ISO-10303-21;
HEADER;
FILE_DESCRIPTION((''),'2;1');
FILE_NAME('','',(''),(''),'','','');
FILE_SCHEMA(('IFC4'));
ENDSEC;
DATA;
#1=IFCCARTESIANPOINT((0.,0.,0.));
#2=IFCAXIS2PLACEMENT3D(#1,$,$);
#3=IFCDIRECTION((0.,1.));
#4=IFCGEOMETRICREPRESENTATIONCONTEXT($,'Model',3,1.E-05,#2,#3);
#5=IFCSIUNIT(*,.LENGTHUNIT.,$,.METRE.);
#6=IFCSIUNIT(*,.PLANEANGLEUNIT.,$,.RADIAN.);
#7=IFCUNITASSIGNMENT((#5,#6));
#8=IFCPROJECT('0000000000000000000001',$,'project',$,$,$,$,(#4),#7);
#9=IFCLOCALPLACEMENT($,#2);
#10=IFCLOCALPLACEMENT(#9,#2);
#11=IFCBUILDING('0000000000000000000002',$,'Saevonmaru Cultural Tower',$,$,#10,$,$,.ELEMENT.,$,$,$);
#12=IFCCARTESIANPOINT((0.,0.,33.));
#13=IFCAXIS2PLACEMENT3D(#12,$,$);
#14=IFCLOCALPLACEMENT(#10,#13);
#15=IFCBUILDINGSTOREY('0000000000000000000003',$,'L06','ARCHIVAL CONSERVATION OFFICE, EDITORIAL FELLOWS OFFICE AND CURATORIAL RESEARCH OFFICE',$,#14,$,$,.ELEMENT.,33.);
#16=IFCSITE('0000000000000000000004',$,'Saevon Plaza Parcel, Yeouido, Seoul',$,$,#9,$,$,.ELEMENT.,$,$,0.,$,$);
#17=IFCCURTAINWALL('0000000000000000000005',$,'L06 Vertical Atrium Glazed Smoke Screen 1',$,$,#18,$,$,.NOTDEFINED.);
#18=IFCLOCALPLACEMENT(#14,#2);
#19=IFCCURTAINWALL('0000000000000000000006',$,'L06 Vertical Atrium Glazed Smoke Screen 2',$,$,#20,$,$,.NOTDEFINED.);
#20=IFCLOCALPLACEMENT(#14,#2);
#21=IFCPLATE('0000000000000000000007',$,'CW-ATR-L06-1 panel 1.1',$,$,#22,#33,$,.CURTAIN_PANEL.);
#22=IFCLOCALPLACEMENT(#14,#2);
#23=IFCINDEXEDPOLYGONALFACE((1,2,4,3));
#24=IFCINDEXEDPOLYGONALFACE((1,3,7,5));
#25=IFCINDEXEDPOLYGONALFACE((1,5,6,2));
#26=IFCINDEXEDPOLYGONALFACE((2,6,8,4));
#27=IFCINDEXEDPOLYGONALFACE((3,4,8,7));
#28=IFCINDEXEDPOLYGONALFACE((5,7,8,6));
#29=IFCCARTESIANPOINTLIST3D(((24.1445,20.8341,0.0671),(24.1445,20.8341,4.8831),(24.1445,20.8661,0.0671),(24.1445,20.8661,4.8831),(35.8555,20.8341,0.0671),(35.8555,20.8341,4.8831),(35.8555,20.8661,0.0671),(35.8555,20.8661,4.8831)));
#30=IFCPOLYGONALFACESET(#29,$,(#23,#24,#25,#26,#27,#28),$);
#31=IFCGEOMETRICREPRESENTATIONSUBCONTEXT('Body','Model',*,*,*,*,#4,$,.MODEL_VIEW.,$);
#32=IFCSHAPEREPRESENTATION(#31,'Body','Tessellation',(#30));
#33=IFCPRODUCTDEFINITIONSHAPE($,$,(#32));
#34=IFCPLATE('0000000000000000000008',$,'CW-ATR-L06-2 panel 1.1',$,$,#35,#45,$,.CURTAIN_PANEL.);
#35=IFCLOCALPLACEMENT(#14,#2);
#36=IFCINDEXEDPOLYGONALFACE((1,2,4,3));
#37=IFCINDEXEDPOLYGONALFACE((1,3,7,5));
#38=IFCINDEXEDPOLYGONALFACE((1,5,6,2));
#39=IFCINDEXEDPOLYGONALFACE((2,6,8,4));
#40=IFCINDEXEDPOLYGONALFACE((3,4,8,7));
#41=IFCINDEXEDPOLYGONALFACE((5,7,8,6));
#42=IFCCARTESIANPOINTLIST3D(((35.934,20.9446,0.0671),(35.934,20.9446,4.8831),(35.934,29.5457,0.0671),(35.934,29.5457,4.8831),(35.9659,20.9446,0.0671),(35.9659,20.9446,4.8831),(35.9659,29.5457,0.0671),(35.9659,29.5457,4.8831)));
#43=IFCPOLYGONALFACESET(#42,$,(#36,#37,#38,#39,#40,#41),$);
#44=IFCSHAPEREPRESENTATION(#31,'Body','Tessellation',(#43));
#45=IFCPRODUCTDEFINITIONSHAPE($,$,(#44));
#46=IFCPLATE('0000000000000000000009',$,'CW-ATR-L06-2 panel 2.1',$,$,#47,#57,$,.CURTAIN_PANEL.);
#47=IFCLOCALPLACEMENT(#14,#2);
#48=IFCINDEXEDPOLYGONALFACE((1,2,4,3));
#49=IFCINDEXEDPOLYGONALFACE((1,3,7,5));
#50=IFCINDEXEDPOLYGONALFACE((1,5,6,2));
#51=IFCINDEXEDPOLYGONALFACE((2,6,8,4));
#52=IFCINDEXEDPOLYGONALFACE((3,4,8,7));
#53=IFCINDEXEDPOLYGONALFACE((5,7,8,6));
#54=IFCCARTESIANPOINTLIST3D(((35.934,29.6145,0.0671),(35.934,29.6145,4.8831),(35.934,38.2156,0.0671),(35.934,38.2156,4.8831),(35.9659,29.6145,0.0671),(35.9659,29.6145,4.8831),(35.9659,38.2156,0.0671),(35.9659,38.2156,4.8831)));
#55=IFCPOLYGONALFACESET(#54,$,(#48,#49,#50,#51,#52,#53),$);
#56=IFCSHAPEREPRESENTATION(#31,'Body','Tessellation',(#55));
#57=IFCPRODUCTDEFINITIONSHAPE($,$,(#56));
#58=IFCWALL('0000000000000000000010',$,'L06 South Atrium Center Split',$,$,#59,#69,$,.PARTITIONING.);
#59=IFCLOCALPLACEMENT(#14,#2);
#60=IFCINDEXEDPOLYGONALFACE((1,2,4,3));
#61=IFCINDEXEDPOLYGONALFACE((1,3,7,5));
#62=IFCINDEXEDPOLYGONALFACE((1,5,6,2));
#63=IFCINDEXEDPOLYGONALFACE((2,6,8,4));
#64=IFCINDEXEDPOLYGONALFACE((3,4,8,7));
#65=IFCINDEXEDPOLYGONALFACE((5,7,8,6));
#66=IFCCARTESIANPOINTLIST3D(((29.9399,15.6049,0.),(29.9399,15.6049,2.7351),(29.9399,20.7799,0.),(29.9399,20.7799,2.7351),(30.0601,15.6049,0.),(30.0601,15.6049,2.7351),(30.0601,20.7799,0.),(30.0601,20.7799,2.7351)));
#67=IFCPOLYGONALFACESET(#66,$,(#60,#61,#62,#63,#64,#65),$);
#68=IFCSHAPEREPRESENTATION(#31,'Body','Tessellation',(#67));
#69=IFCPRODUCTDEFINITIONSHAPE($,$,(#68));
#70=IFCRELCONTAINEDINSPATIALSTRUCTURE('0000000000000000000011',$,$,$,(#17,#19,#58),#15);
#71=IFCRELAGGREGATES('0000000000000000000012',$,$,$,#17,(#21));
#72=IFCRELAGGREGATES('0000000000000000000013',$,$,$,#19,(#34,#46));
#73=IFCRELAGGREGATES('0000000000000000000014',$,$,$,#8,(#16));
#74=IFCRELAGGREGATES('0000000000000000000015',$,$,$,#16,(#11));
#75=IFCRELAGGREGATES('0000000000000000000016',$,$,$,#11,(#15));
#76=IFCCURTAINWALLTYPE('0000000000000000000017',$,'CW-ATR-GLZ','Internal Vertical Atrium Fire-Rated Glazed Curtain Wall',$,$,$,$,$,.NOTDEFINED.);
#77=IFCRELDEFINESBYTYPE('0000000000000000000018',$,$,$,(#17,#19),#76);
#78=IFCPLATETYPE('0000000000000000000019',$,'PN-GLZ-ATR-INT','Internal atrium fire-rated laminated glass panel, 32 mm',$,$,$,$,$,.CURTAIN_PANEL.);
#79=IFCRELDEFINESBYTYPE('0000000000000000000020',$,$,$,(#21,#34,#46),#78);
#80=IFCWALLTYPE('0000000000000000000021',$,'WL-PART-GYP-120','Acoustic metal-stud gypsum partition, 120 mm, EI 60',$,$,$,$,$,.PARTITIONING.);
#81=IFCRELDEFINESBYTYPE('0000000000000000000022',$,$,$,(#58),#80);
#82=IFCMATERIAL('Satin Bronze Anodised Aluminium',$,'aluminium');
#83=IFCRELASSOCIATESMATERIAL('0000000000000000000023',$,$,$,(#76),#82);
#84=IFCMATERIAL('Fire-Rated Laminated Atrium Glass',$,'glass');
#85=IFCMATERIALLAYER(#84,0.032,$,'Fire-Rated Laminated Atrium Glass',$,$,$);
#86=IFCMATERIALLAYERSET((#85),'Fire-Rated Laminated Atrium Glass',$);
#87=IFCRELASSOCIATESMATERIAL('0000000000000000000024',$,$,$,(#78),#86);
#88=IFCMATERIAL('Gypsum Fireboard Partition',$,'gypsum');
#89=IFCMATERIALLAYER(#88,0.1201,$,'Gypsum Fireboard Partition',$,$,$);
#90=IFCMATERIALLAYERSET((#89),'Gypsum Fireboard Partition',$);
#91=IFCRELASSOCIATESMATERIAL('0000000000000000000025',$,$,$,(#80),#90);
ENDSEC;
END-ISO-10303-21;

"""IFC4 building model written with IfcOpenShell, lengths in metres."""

from ifc_helpers import new_model, si_unit, direction, frame, frame_2d, origin, origin_2d, place, context, subcontext, project, spatial, rectangle, extrude, material, layer, layer_set, type_object, element, aggregate, save


model = new_model("IFC4")

# Units and contexts
model_context = context("Model", 3, precision=1e-05, world=origin(), true_north=direction((0.0, 1.0)))
body_context = subcontext(model_context, "Body", "Model", "MODEL_VIEW")
ifc_project = project(units=[si_unit("LENGTHUNIT", "METRE"), si_unit("PLANEANGLEUNIT", "RADIAN")], contexts=[model_context])

# Site, building, storey
site_placement = place(None, origin())
site = spatial("IfcSite", under=ifc_project, at=site_placement, Name="Saevon Plaza Parcel, Yeouido, Seoul", CompositionType="ELEMENT", RefElevation=0.0)
building_placement = place(site_placement, origin())
building = spatial("IfcBuilding", under=site, at=building_placement, Name="Saevonmaru Cultural Tower", CompositionType="ELEMENT")
storey_placement = place(building_placement, frame((0.0, 0.0, 33.0)))
storey = spatial("IfcBuildingStorey", under=building, at=storey_placement, Name="L06", Description="ARCHIVAL CONSERVATION OFFICE, EDITORIAL FELLOWS OFFICE AND CURATORIAL RESEARCH OFFICE", CompositionType="ELEMENT", Elevation=33.0)

# Curtain wall
ifc_material_1 = material(Name="Satin Bronze Anodised Aluminium", Category="aluminium")
curtain_wall_type = type_object("IfcCurtainWallType", Name="CW-ATR-GLZ", Description="Internal Vertical Atrium Fire-Rated Glazed Curtain Wall", PredefinedType="NOTDEFINED", material=ifc_material_1)
curtain_wall_1_placement = place(storey_placement, origin())
curtain_wall_1 = element("IfcCurtainWall", 1, at=curtain_wall_1_placement, inside=storey, type_object=curtain_wall_type, Name="L06 Vertical Atrium Glazed Smoke Screen 1", PredefinedType="NOTDEFINED")

# Curtain wall
curtain_wall_2_placement = place(storey_placement, origin())
curtain_wall_2 = element("IfcCurtainWall", 2, at=curtain_wall_2_placement, inside=storey, type_object=curtain_wall_type, Name="L06 Vertical Atrium Glazed Smoke Screen 2", PredefinedType="NOTDEFINED")

# Plates
ifc_material_2 = material(Name="Fire-Rated Laminated Atrium Glass", Category="glass")
ifc_layer_1 = layer(ifc_material_2, 0.032, Name="Fire-Rated Laminated Atrium Glass")
ifc_layer_set_1 = layer_set([ifc_layer_1], Name="Fire-Rated Laminated Atrium Glass")
plate_type_1 = type_object("IfcPlateType", Name="PN-GLZ-ATR-INT", Description="Internal atrium fire-rated laminated glass panel, 32 mm", PredefinedType="CURTAIN_PANEL", material=ifc_layer_set_1)
plate_1_placement = place(storey_placement, frame((30.0, 20.8501, 0.0671), z_axis=(0.0, 0.0, 1.0), x_axis=(1.0, 0.0, 0.0)))
plate_1 = element("IfcPlate", 3, at=plate_1_placement, type_object=plate_type_1, Name="CW-ATR-L06-1 panel 1.1", PredefinedType="CURTAIN_PANEL", context=body_context, shape_type="SweptSolid", body=[
    extrude(rectangle(XDim=11.7109, YDim=0.032, at=origin_2d()), origin(), (0.0, 0.0, 1.0), 4.8159),
])
aggregate(curtain_wall_1, [plate_1])
plate_2_placement = place(storey_placement, frame((35.95, 25.2451, 0.0671), z_axis=(0.0, 0.0, 1.0), x_axis=(0.0, 1.0, 0.0)))
plate_2 = element("IfcPlate", 4, at=plate_2_placement, type_object=plate_type_1, Name="CW-ATR-L06-2 panel 1.1", PredefinedType="CURTAIN_PANEL", context=body_context, shape_type="SweptSolid", body=[
    extrude(rectangle(XDim=8.6011, YDim=0.032, at=origin_2d()), origin(), (0.0, 0.0, 1.0), 4.8159),
])
plate_3_placement = place(storey_placement, frame((35.95, 33.915, 0.0671), z_axis=(0.0, 0.0, 1.0), x_axis=(0.0, 1.0, 0.0)))
plate_3 = element("IfcPlate", 5, at=plate_3_placement, type_object=plate_type_1, Name="CW-ATR-L06-2 panel 2.1", PredefinedType="CURTAIN_PANEL", context=body_context, shape_type="SweptSolid", body=[
    extrude(rectangle(XDim=8.6011, YDim=0.032, at=origin_2d()), origin(), (0.0, 0.0, 1.0), 4.8159),
])
aggregate(curtain_wall_2, [plate_2, plate_3])

# Wall
ifc_material_3 = material(Name="Gypsum Fireboard Partition", Category="gypsum")
ifc_layer_2 = layer(ifc_material_3, 0.1201, Name="Gypsum Fireboard Partition")
ifc_layer_set_2 = layer_set([ifc_layer_2], Name="Gypsum Fireboard Partition")
wall_type = type_object("IfcWallType", Name="WL-PART-GYP-120", Description="Acoustic metal-stud gypsum partition, 120 mm, EI 60", PredefinedType="PARTITIONING", material=ifc_layer_set_2)
wall_placement = place(storey_placement, frame((30.0, 15.605, 0.0), z_axis=(0.0, 0.0, 1.0), x_axis=(0.0, 1.0, 0.0)))
element("IfcWall", 6, at=wall_placement, inside=storey, type_object=wall_type, Name="L06 South Atrium Center Split", PredefinedType="PARTITIONING", context=body_context, shape_type="SweptSolid", body=[
    extrude(rectangle(XDim=5.175, YDim=0.1201, at=frame_2d((2.5874, 0.0))), origin(), (0.0, 0.0, 1.0), 2.7351),
])

save(model, "model.ifc")
